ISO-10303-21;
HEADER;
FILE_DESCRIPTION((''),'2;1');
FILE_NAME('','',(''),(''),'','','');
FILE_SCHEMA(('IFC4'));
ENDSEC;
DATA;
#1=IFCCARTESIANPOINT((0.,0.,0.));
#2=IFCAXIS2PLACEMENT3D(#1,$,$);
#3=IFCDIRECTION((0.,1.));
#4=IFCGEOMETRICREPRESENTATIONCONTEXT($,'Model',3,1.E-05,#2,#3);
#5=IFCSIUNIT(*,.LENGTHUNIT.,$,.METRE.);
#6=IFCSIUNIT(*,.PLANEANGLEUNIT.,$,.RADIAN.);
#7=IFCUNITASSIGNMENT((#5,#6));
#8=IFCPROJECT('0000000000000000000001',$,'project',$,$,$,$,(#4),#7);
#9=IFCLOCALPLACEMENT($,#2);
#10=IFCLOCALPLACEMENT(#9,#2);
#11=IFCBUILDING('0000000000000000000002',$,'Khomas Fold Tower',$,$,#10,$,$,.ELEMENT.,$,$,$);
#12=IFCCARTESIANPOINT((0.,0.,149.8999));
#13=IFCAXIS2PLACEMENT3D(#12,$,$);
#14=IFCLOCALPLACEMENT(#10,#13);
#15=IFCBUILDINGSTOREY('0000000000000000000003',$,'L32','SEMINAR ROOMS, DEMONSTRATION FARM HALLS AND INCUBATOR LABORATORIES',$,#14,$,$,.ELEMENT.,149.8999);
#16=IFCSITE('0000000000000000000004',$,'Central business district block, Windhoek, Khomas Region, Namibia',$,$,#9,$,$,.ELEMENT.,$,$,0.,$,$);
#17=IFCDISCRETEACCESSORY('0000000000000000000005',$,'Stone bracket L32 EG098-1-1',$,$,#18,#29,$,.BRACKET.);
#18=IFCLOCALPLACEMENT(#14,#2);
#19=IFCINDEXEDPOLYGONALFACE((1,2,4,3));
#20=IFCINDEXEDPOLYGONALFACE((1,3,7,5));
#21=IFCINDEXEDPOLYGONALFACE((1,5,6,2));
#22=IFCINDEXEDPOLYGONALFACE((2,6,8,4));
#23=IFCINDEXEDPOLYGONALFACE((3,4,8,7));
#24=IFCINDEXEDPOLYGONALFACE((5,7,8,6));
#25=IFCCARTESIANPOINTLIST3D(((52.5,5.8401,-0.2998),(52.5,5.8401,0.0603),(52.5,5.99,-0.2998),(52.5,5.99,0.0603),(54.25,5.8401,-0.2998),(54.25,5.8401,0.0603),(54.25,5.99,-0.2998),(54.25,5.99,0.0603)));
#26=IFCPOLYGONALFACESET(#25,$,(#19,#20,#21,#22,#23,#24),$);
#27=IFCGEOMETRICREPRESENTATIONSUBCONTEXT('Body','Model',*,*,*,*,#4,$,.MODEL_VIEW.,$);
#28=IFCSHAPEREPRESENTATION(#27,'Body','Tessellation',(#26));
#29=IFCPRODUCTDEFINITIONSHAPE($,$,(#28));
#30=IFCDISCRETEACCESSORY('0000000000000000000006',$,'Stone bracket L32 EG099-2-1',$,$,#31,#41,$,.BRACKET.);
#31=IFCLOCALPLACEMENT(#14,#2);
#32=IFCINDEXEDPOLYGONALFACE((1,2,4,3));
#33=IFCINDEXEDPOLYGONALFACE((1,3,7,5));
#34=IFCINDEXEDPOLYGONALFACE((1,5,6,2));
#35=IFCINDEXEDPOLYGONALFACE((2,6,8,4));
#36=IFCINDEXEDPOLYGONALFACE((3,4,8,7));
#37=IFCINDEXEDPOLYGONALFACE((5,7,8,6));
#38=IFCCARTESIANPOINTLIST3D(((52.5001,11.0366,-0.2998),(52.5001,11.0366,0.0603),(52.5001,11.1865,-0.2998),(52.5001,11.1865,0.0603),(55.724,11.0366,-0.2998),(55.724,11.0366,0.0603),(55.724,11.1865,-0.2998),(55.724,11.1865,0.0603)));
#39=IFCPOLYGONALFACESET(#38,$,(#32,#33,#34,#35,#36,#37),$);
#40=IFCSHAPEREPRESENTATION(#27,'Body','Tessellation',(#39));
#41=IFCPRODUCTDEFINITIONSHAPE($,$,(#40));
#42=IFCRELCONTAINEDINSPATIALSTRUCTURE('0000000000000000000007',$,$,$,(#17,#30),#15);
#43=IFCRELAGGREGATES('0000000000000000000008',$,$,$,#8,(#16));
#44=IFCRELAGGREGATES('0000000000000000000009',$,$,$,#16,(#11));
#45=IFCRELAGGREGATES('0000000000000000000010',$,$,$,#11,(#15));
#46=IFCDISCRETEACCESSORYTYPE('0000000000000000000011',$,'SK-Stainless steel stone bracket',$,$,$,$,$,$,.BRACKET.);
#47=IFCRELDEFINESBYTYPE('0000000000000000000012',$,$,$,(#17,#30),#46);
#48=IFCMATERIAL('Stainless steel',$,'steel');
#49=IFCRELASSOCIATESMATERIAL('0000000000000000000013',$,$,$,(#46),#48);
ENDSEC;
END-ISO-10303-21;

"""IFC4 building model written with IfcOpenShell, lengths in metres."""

from ifc_helpers import new_model, si_unit, direction, frame, origin, origin_2d, place, context, subcontext, project, spatial, rectangle, extrude, source, transform, mapped, material, type_object, element, save


model = new_model("IFC4")

# Units and contexts
model_context = context("Model", 3, precision=1e-05, world=origin(), true_north=direction((0.0, 1.0)))
body_context = subcontext(model_context, "Body", "Model", "MODEL_VIEW")
ifc_project = project(units=[si_unit("LENGTHUNIT", "METRE"), si_unit("PLANEANGLEUNIT", "RADIAN")], contexts=[model_context])

# Site, building, storey
site_placement = place(None, origin())
site = spatial("IfcSite", under=ifc_project, at=site_placement, Name="Central business district block, Windhoek, Khomas Region, Namibia", CompositionType="ELEMENT", RefElevation=0.0)
building_placement = place(site_placement, origin())
building = spatial("IfcBuilding", under=site, at=building_placement, Name="Khomas Fold Tower", CompositionType="ELEMENT")
storey_placement = place(building_placement, frame((0.0, 0.0, 149.8999)))
storey = spatial("IfcBuildingStorey", under=building, at=storey_placement, Name="L32", Description="SEMINAR ROOMS, DEMONSTRATION FARM HALLS AND INCUBATOR LABORATORIES", CompositionType="ELEMENT", Elevation=149.8999)

# Discrete accessories
ifc_material_1 = material(Name="Stainless steel", Category="steel")
discrete_accessory_type = type_object("IfcDiscreteAccessoryType", Name="SK-Stainless steel stone bracket", PredefinedType="BRACKET", material=ifc_material_1)
shared_shape_1 = source(origin(), body_context, "Body", "SweptSolid", [
    extrude(rectangle(XDim=1.75, YDim=0.1499, at=origin_2d()), origin(), (0.0, 0.0, 1.0), 0.3601),
])
discrete_accessory_1_placement = place(storey_placement, frame((53.375, 5.915, -0.2998), z_axis=(0.0, 0.0, 1.0), x_axis=(1.0, 0.0, 0.0)))
element("IfcDiscreteAccessory", 1, at=discrete_accessory_1_placement, inside=storey, type_object=discrete_accessory_type, Name="Stone bracket L32 EG098-1-1", PredefinedType="BRACKET", context=body_context, shape_type="MappedRepresentation", body=[
    mapped(shared_shape_1, transform((0.0, 0.0, 0.0))),
])
shared_shape_2 = source(origin(), body_context, "Body", "SweptSolid", [
    extrude(rectangle(XDim=3.2239, YDim=0.1499, at=origin_2d()), origin(), (0.0, 0.0, 1.0), 0.3601),
])
discrete_accessory_2_placement = place(storey_placement, frame((54.1121, 11.1116, -0.2998), z_axis=(0.0, 0.0, 1.0), x_axis=(1.0, 0.0, 0.0)))
element("IfcDiscreteAccessory", 2, at=discrete_accessory_2_placement, inside=storey, type_object=discrete_accessory_type, Name="Stone bracket L32 EG099-2-1", PredefinedType="BRACKET", context=body_context, shape_type="MappedRepresentation", body=[
    mapped(shared_shape_2, transform((0.0, 0.0, 0.0))),
])

save(model, "model.ifc")
